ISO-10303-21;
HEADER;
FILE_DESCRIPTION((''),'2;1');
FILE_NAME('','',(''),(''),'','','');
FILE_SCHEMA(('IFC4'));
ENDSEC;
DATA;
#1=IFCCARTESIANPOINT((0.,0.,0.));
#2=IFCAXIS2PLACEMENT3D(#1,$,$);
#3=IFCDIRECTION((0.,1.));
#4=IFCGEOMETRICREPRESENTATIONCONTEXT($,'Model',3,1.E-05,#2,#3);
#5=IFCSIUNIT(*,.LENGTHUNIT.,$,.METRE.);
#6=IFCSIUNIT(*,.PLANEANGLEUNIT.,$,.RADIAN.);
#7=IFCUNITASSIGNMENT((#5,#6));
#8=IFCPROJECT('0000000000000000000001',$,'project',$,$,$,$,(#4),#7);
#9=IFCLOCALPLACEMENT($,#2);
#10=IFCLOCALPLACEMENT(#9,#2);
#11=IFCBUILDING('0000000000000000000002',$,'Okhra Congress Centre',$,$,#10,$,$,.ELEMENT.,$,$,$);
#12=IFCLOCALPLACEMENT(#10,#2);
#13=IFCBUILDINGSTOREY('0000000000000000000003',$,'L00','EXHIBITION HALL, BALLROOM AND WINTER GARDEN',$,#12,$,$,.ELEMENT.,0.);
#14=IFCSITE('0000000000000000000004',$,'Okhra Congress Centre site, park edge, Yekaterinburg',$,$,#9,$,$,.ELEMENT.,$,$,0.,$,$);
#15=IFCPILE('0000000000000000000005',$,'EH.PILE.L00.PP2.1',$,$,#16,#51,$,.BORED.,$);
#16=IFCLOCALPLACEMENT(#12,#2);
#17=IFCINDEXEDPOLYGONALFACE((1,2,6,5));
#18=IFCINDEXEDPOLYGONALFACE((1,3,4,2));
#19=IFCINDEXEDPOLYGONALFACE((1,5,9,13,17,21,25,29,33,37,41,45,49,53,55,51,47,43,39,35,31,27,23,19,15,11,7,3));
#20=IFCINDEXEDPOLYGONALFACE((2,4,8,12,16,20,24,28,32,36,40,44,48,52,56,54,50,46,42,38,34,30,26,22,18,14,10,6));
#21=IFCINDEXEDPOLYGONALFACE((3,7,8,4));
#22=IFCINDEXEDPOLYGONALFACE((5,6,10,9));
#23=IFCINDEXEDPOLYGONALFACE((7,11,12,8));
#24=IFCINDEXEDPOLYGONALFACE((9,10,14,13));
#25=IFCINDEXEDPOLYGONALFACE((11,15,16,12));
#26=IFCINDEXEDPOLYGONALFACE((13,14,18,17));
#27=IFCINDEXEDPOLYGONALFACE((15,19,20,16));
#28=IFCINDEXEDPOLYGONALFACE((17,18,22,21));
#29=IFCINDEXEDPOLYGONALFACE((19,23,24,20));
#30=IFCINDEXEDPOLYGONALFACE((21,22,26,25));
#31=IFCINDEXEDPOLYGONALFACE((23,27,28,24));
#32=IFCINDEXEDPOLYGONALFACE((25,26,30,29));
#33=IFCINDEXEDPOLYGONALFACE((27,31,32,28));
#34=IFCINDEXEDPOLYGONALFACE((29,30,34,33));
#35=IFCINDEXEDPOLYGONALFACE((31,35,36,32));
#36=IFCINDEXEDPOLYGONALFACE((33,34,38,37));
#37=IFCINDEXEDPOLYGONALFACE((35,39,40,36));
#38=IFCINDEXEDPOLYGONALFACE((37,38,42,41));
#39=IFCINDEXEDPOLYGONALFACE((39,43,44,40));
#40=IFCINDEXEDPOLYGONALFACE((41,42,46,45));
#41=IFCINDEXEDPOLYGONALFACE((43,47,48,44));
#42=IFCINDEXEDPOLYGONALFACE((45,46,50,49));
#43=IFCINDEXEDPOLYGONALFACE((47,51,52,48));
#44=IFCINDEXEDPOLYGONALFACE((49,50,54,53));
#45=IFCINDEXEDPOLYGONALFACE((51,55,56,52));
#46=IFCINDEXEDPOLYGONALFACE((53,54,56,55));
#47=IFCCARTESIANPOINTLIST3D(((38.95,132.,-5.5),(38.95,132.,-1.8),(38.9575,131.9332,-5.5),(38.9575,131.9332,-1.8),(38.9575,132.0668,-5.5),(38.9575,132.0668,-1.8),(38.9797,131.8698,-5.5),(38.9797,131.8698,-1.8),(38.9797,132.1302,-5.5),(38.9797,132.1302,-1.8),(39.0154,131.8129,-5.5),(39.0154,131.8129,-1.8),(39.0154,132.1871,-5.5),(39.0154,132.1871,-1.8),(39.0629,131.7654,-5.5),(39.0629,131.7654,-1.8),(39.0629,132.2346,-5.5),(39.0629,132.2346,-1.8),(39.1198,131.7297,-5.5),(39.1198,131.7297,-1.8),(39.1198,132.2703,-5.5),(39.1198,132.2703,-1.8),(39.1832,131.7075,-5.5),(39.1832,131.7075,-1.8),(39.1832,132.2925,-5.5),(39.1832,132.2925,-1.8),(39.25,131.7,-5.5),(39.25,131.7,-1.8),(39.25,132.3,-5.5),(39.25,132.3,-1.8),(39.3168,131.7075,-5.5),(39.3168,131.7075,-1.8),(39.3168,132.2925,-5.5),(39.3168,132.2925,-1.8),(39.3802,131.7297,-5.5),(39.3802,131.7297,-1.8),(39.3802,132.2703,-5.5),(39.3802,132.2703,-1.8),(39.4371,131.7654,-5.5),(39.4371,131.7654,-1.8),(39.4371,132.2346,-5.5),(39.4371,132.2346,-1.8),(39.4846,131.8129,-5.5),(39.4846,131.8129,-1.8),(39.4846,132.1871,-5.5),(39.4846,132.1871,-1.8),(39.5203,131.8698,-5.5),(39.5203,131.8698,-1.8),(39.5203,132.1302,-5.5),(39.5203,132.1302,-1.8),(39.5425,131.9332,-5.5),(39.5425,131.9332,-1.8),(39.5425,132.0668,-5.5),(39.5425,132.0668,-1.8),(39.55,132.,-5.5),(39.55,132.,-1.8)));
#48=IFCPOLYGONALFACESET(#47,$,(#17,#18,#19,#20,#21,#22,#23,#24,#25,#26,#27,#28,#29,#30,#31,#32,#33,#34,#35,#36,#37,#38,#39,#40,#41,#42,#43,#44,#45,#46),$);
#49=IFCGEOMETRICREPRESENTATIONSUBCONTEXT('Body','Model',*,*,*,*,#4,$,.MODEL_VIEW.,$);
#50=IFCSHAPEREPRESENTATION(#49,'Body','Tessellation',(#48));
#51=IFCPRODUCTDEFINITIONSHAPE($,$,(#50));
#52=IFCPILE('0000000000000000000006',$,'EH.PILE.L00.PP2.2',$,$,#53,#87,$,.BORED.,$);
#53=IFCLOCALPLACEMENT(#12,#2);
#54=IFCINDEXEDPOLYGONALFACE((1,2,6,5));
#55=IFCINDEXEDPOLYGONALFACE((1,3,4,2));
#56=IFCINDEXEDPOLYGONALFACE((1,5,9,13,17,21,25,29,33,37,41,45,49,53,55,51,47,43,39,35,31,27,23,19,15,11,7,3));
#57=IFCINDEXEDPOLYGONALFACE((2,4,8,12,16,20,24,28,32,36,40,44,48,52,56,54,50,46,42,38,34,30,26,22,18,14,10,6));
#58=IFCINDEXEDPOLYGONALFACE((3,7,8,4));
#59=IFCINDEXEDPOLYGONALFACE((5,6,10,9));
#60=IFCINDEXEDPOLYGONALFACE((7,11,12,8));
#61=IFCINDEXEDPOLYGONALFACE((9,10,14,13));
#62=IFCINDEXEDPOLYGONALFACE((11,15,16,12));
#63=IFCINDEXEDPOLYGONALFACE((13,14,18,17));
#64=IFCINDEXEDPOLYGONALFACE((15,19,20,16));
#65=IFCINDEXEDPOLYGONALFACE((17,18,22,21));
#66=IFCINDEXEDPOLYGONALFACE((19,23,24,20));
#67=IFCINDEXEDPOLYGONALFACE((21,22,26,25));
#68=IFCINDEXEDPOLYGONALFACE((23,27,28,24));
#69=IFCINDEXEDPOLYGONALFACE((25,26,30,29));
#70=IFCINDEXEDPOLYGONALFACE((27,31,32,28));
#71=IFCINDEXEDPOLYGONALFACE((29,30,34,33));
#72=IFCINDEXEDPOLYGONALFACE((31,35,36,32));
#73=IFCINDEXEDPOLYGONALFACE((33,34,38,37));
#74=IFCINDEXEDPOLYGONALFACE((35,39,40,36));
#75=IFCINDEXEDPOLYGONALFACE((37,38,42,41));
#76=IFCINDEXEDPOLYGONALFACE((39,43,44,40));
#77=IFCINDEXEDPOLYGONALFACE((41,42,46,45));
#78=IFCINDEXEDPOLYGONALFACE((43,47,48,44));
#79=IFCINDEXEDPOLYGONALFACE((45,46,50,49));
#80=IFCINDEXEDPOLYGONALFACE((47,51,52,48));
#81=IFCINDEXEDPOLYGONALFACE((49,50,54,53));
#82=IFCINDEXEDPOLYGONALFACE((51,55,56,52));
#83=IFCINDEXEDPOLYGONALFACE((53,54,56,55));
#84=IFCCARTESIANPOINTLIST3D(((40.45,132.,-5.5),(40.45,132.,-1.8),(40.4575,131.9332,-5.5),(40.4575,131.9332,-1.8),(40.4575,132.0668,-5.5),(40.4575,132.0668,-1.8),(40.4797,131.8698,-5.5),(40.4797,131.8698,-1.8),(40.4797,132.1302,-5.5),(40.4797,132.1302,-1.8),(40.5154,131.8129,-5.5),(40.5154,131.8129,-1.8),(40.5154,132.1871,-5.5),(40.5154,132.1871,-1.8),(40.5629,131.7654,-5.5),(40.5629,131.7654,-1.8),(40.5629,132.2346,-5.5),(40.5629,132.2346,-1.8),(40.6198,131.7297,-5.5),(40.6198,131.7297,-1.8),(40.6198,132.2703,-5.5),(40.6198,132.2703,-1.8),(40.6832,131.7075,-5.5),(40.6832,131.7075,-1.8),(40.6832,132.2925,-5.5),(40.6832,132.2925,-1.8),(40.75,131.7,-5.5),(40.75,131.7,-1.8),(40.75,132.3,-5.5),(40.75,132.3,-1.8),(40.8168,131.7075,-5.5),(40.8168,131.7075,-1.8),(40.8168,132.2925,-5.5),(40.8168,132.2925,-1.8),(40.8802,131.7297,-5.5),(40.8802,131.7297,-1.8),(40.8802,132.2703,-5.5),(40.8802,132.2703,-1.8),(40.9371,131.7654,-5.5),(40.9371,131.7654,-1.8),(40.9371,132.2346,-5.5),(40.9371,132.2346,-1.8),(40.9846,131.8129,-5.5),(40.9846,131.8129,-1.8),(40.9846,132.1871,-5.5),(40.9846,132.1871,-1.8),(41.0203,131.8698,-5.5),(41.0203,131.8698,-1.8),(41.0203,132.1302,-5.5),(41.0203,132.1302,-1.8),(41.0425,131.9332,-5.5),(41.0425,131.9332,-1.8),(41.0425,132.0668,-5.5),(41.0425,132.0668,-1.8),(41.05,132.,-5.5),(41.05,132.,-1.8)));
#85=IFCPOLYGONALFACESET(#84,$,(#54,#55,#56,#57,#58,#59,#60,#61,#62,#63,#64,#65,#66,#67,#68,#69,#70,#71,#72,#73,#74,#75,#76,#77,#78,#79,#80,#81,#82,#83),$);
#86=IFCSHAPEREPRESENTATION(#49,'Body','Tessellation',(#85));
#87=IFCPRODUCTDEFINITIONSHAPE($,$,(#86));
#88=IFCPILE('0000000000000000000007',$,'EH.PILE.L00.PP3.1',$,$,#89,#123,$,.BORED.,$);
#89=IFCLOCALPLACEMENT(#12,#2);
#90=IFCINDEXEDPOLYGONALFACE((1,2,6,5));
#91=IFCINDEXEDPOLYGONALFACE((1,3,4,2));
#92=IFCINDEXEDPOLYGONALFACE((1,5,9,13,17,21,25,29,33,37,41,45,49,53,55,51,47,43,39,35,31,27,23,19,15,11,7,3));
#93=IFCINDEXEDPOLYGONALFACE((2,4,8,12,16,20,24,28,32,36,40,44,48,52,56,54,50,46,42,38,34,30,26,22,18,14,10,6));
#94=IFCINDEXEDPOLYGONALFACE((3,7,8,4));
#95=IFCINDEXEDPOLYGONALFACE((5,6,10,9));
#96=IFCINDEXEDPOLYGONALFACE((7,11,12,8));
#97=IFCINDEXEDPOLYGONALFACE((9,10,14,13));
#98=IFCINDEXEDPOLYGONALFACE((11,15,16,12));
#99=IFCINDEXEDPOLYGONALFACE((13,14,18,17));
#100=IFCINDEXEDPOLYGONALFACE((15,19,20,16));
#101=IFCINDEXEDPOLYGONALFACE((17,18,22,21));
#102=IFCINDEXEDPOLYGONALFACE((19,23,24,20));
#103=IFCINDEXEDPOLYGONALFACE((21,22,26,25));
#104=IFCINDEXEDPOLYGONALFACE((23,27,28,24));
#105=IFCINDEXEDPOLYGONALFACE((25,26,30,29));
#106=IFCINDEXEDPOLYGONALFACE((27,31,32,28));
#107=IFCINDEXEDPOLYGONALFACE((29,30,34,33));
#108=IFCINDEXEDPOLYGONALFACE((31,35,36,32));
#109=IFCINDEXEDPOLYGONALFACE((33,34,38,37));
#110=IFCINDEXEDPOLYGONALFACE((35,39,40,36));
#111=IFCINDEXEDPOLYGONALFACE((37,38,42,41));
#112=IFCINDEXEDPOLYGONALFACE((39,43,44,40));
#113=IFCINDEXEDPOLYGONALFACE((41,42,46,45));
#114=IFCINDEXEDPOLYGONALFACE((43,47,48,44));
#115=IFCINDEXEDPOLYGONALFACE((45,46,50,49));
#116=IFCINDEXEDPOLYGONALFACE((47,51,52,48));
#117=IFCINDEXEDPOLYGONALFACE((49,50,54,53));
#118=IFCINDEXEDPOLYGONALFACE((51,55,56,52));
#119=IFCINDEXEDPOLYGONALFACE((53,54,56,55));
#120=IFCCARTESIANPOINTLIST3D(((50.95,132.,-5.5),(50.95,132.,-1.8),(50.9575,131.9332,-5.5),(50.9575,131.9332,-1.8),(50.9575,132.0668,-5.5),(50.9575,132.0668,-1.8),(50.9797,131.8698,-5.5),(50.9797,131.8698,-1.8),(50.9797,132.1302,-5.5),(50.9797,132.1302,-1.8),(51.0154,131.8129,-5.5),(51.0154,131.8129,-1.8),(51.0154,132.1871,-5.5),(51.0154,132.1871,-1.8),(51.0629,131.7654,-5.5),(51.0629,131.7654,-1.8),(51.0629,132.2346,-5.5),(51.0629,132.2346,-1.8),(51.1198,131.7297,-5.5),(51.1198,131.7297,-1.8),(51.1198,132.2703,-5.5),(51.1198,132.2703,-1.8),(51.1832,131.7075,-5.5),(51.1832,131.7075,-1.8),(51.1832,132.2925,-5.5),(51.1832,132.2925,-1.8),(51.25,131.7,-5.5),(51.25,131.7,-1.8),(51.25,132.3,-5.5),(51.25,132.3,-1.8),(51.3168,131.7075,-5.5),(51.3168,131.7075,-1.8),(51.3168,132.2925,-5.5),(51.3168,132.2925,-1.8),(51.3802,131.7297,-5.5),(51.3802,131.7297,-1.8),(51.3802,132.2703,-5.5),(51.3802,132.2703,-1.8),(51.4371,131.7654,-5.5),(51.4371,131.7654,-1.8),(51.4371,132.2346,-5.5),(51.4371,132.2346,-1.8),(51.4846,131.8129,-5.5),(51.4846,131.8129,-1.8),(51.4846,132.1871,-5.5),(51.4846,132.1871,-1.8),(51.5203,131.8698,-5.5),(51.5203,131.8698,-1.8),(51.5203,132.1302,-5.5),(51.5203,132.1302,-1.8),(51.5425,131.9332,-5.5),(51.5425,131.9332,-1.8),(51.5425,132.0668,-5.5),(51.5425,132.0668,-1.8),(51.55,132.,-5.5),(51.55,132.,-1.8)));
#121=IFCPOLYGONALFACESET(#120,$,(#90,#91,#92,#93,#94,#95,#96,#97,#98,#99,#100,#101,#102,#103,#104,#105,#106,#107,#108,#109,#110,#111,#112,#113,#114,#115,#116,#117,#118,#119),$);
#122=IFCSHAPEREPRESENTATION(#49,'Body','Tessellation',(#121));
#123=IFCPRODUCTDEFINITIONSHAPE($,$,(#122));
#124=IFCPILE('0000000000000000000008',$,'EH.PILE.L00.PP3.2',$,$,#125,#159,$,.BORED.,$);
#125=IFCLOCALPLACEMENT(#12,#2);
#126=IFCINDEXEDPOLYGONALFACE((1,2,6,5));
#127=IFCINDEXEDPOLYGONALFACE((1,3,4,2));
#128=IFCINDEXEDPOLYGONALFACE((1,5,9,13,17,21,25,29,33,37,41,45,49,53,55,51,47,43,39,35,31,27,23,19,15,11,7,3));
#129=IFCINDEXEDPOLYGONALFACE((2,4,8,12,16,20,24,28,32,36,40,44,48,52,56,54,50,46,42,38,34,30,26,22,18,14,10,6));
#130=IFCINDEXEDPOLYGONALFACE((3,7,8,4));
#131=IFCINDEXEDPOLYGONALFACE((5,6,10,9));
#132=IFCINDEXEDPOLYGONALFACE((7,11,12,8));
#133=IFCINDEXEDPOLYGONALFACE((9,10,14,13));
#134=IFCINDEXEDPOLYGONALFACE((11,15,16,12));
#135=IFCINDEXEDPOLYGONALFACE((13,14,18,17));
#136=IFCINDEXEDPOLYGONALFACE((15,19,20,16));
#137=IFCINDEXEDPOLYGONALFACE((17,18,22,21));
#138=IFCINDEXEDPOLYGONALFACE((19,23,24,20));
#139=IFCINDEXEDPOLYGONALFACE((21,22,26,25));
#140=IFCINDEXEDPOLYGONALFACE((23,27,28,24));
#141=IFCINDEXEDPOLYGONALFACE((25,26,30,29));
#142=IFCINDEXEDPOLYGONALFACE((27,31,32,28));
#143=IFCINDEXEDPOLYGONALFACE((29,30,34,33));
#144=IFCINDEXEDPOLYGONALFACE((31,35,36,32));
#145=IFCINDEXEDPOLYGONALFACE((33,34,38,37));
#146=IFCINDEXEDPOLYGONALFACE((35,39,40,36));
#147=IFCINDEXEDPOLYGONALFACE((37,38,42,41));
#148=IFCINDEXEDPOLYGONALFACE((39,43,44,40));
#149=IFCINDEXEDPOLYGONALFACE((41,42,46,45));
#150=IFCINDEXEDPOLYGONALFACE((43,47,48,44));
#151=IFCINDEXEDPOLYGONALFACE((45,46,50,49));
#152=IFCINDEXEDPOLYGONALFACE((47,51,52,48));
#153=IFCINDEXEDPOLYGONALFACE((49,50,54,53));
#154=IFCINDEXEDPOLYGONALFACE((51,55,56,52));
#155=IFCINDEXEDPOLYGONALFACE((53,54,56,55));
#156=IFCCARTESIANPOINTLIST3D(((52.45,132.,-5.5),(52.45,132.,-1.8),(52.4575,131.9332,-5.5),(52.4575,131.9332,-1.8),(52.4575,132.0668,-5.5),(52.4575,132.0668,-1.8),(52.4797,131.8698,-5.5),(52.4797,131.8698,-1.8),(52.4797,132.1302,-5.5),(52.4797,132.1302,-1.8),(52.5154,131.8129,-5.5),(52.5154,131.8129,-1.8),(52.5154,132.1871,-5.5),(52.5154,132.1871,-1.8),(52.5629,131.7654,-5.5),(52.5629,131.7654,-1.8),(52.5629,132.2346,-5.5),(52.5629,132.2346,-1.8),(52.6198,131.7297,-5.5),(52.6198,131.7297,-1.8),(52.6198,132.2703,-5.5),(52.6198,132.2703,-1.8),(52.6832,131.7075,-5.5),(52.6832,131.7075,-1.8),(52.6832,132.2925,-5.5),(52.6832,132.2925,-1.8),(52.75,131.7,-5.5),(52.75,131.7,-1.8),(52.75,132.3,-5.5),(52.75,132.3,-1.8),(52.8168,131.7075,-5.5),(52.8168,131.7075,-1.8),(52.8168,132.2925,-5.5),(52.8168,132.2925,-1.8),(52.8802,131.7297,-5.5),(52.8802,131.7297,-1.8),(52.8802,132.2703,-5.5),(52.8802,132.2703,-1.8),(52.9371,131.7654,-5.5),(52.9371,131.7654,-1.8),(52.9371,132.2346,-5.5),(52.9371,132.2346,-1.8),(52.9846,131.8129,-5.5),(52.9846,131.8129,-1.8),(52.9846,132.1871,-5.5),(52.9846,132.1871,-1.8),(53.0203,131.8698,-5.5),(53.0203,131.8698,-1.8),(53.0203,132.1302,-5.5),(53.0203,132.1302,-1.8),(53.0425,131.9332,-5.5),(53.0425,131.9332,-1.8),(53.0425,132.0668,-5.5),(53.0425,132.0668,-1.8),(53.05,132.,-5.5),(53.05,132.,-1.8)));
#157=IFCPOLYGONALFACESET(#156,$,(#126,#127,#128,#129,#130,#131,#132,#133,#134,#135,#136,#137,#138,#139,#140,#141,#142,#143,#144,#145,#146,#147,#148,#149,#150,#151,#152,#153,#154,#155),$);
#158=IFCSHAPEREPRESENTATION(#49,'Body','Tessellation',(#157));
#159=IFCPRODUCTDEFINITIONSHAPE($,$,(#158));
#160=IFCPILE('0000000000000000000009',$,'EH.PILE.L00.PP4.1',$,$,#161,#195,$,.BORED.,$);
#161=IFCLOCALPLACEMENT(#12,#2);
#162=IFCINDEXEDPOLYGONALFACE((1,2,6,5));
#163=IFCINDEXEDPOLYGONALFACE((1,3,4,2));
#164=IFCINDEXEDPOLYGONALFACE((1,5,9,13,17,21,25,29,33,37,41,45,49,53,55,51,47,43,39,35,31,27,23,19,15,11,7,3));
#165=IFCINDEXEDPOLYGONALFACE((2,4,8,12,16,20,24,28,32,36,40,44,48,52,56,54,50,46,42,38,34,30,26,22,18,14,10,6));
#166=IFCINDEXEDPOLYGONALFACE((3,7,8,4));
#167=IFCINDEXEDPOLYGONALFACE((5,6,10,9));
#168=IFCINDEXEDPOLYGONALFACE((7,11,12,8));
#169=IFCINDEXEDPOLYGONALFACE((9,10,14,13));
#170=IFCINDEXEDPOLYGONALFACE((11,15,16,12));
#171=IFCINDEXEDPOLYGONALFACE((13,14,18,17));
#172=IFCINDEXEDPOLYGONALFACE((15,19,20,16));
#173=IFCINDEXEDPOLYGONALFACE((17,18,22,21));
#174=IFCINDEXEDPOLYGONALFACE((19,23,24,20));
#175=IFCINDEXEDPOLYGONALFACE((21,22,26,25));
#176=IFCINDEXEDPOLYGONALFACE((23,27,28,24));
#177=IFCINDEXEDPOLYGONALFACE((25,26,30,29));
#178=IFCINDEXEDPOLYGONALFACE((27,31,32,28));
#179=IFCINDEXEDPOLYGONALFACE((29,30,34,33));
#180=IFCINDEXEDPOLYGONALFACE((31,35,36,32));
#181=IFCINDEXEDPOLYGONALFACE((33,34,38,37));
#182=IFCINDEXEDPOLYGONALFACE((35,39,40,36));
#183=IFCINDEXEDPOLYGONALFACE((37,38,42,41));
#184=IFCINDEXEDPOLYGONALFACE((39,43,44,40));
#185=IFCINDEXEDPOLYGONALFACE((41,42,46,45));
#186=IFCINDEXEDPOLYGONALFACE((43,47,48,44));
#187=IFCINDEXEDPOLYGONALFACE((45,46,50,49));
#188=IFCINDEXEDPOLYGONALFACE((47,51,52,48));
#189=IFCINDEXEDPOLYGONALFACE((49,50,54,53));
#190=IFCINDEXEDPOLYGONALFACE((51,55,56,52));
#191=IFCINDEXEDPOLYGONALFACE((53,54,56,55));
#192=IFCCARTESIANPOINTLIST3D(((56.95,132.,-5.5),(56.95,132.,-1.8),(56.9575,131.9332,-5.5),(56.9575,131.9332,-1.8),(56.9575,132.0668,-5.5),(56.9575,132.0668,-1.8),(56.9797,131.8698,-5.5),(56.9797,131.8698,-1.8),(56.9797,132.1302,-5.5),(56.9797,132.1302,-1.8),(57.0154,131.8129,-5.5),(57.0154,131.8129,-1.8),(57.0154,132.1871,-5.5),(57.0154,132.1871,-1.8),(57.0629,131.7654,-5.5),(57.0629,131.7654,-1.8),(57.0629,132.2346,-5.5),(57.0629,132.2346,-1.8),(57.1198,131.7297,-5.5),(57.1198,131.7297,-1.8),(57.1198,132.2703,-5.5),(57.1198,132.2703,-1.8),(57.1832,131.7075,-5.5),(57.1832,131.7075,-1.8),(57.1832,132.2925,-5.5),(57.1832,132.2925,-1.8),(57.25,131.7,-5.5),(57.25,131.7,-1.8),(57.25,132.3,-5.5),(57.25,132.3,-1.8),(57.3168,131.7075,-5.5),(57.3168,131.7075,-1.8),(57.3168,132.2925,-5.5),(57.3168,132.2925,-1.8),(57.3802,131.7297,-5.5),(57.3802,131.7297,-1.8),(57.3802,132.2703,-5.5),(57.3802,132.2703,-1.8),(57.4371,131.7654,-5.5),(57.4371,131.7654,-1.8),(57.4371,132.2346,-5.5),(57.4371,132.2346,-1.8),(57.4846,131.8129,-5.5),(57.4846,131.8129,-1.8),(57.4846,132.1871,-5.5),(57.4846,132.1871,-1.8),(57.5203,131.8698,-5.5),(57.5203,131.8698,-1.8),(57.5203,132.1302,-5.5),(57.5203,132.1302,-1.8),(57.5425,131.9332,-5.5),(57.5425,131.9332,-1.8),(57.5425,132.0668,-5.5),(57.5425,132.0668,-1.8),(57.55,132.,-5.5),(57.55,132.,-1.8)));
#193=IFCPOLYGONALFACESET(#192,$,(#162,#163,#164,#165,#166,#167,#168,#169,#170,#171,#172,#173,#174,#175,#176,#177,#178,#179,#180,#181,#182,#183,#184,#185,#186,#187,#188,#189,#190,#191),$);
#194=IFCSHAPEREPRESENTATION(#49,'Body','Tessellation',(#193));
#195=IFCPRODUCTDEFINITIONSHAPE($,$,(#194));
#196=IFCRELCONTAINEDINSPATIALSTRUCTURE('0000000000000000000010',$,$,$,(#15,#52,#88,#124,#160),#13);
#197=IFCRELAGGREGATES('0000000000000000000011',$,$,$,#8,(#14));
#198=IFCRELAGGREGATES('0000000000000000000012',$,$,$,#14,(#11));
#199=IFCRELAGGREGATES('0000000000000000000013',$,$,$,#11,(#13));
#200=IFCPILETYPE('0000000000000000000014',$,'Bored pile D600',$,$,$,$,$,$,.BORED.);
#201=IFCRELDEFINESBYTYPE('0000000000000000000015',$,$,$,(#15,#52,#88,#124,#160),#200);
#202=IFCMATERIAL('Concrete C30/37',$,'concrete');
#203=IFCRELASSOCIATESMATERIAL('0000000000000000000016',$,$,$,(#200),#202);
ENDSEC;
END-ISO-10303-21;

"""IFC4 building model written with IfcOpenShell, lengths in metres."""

from ifc_helpers import new_model, si_unit, direction, frame, origin, origin_2d, place, context, subcontext, project, spatial, circle, extrude, material, material_profile, profile_set, type_object, element, save


model = new_model("IFC4")

# Units and contexts
model_context = context("Model", 3, precision=1e-05, world=origin(), true_north=direction((0.0, 1.0)))
body_context = subcontext(model_context, "Body", "Model", "MODEL_VIEW")
ifc_project = project(units=[si_unit("LENGTHUNIT", "METRE"), si_unit("PLANEANGLEUNIT", "RADIAN")], contexts=[model_context])

# Site, building, storey
site_placement = place(None, origin())
site = spatial("IfcSite", under=ifc_project, at=site_placement, Name="Okhra Congress Centre site, park edge, Yekaterinburg", CompositionType="ELEMENT", RefElevation=0.0)
building_placement = place(site_placement, origin())
building = spatial("IfcBuilding", under=site, at=building_placement, Name="Okhra Congress Centre", CompositionType="ELEMENT")
storey_placement = place(building_placement, origin())
storey = spatial("IfcBuildingStorey", under=building, at=storey_placement, Name="L00", Description="EXHIBITION HALL, BALLROOM AND WINTER GARDEN", CompositionType="ELEMENT", Elevation=0.0)

# Piles
ifc_material_1 = material(Name="Concrete C30/37", Category="concrete")
ifc_material_profile_1 = material_profile(ifc_material_1, circle(Radius=0.3, at=origin_2d()), Name="D600")
ifc_profile_set_1 = profile_set([ifc_material_profile_1], Name="Concrete C30/37")
pile_type_1 = type_object("IfcPileType", Name="Bored pile D600", PredefinedType="BORED", material=ifc_profile_set_1)
for number, where, z_axis, x_axis, name in (
    (1, (39.25, 132.0, -1.8), (0.0, 0.0, -1.0), (1.0, 0.0, 0.0), "EH.PILE.L00.PP2.1"),
    (2, (40.75, 132.0, -1.8), (0.0, 0.0, -1.0), (1.0, 0.0, 0.0), "EH.PILE.L00.PP2.2"),
    (3, (51.25, 132.0, -1.8), (0.0, 0.0, -1.0), (1.0, 0.0, 0.0), "EH.PILE.L00.PP3.1"),
    (4, (52.75, 132.0, -1.8), (0.0, 0.0, -1.0), (1.0, 0.0, 0.0), "EH.PILE.L00.PP3.2"),
    (5, (57.25, 132.0, -1.8), (0.0, 0.0, -1.0), (1.0, 0.0, 0.0), "EH.PILE.L00.PP4.1"),
):
    element("IfcPile", number, at=place(storey_placement, frame(where, z_axis=z_axis, x_axis=x_axis)), inside=storey, type_object=pile_type_1, Name=name, PredefinedType="BORED", context=body_context, shape_type="SweptSolid", body=[
        extrude(circle(Radius=0.3, at=origin_2d()), origin(), (0.0, 0.0, 1.0), 3.7),
    ])

save(model, "model.ifc")
